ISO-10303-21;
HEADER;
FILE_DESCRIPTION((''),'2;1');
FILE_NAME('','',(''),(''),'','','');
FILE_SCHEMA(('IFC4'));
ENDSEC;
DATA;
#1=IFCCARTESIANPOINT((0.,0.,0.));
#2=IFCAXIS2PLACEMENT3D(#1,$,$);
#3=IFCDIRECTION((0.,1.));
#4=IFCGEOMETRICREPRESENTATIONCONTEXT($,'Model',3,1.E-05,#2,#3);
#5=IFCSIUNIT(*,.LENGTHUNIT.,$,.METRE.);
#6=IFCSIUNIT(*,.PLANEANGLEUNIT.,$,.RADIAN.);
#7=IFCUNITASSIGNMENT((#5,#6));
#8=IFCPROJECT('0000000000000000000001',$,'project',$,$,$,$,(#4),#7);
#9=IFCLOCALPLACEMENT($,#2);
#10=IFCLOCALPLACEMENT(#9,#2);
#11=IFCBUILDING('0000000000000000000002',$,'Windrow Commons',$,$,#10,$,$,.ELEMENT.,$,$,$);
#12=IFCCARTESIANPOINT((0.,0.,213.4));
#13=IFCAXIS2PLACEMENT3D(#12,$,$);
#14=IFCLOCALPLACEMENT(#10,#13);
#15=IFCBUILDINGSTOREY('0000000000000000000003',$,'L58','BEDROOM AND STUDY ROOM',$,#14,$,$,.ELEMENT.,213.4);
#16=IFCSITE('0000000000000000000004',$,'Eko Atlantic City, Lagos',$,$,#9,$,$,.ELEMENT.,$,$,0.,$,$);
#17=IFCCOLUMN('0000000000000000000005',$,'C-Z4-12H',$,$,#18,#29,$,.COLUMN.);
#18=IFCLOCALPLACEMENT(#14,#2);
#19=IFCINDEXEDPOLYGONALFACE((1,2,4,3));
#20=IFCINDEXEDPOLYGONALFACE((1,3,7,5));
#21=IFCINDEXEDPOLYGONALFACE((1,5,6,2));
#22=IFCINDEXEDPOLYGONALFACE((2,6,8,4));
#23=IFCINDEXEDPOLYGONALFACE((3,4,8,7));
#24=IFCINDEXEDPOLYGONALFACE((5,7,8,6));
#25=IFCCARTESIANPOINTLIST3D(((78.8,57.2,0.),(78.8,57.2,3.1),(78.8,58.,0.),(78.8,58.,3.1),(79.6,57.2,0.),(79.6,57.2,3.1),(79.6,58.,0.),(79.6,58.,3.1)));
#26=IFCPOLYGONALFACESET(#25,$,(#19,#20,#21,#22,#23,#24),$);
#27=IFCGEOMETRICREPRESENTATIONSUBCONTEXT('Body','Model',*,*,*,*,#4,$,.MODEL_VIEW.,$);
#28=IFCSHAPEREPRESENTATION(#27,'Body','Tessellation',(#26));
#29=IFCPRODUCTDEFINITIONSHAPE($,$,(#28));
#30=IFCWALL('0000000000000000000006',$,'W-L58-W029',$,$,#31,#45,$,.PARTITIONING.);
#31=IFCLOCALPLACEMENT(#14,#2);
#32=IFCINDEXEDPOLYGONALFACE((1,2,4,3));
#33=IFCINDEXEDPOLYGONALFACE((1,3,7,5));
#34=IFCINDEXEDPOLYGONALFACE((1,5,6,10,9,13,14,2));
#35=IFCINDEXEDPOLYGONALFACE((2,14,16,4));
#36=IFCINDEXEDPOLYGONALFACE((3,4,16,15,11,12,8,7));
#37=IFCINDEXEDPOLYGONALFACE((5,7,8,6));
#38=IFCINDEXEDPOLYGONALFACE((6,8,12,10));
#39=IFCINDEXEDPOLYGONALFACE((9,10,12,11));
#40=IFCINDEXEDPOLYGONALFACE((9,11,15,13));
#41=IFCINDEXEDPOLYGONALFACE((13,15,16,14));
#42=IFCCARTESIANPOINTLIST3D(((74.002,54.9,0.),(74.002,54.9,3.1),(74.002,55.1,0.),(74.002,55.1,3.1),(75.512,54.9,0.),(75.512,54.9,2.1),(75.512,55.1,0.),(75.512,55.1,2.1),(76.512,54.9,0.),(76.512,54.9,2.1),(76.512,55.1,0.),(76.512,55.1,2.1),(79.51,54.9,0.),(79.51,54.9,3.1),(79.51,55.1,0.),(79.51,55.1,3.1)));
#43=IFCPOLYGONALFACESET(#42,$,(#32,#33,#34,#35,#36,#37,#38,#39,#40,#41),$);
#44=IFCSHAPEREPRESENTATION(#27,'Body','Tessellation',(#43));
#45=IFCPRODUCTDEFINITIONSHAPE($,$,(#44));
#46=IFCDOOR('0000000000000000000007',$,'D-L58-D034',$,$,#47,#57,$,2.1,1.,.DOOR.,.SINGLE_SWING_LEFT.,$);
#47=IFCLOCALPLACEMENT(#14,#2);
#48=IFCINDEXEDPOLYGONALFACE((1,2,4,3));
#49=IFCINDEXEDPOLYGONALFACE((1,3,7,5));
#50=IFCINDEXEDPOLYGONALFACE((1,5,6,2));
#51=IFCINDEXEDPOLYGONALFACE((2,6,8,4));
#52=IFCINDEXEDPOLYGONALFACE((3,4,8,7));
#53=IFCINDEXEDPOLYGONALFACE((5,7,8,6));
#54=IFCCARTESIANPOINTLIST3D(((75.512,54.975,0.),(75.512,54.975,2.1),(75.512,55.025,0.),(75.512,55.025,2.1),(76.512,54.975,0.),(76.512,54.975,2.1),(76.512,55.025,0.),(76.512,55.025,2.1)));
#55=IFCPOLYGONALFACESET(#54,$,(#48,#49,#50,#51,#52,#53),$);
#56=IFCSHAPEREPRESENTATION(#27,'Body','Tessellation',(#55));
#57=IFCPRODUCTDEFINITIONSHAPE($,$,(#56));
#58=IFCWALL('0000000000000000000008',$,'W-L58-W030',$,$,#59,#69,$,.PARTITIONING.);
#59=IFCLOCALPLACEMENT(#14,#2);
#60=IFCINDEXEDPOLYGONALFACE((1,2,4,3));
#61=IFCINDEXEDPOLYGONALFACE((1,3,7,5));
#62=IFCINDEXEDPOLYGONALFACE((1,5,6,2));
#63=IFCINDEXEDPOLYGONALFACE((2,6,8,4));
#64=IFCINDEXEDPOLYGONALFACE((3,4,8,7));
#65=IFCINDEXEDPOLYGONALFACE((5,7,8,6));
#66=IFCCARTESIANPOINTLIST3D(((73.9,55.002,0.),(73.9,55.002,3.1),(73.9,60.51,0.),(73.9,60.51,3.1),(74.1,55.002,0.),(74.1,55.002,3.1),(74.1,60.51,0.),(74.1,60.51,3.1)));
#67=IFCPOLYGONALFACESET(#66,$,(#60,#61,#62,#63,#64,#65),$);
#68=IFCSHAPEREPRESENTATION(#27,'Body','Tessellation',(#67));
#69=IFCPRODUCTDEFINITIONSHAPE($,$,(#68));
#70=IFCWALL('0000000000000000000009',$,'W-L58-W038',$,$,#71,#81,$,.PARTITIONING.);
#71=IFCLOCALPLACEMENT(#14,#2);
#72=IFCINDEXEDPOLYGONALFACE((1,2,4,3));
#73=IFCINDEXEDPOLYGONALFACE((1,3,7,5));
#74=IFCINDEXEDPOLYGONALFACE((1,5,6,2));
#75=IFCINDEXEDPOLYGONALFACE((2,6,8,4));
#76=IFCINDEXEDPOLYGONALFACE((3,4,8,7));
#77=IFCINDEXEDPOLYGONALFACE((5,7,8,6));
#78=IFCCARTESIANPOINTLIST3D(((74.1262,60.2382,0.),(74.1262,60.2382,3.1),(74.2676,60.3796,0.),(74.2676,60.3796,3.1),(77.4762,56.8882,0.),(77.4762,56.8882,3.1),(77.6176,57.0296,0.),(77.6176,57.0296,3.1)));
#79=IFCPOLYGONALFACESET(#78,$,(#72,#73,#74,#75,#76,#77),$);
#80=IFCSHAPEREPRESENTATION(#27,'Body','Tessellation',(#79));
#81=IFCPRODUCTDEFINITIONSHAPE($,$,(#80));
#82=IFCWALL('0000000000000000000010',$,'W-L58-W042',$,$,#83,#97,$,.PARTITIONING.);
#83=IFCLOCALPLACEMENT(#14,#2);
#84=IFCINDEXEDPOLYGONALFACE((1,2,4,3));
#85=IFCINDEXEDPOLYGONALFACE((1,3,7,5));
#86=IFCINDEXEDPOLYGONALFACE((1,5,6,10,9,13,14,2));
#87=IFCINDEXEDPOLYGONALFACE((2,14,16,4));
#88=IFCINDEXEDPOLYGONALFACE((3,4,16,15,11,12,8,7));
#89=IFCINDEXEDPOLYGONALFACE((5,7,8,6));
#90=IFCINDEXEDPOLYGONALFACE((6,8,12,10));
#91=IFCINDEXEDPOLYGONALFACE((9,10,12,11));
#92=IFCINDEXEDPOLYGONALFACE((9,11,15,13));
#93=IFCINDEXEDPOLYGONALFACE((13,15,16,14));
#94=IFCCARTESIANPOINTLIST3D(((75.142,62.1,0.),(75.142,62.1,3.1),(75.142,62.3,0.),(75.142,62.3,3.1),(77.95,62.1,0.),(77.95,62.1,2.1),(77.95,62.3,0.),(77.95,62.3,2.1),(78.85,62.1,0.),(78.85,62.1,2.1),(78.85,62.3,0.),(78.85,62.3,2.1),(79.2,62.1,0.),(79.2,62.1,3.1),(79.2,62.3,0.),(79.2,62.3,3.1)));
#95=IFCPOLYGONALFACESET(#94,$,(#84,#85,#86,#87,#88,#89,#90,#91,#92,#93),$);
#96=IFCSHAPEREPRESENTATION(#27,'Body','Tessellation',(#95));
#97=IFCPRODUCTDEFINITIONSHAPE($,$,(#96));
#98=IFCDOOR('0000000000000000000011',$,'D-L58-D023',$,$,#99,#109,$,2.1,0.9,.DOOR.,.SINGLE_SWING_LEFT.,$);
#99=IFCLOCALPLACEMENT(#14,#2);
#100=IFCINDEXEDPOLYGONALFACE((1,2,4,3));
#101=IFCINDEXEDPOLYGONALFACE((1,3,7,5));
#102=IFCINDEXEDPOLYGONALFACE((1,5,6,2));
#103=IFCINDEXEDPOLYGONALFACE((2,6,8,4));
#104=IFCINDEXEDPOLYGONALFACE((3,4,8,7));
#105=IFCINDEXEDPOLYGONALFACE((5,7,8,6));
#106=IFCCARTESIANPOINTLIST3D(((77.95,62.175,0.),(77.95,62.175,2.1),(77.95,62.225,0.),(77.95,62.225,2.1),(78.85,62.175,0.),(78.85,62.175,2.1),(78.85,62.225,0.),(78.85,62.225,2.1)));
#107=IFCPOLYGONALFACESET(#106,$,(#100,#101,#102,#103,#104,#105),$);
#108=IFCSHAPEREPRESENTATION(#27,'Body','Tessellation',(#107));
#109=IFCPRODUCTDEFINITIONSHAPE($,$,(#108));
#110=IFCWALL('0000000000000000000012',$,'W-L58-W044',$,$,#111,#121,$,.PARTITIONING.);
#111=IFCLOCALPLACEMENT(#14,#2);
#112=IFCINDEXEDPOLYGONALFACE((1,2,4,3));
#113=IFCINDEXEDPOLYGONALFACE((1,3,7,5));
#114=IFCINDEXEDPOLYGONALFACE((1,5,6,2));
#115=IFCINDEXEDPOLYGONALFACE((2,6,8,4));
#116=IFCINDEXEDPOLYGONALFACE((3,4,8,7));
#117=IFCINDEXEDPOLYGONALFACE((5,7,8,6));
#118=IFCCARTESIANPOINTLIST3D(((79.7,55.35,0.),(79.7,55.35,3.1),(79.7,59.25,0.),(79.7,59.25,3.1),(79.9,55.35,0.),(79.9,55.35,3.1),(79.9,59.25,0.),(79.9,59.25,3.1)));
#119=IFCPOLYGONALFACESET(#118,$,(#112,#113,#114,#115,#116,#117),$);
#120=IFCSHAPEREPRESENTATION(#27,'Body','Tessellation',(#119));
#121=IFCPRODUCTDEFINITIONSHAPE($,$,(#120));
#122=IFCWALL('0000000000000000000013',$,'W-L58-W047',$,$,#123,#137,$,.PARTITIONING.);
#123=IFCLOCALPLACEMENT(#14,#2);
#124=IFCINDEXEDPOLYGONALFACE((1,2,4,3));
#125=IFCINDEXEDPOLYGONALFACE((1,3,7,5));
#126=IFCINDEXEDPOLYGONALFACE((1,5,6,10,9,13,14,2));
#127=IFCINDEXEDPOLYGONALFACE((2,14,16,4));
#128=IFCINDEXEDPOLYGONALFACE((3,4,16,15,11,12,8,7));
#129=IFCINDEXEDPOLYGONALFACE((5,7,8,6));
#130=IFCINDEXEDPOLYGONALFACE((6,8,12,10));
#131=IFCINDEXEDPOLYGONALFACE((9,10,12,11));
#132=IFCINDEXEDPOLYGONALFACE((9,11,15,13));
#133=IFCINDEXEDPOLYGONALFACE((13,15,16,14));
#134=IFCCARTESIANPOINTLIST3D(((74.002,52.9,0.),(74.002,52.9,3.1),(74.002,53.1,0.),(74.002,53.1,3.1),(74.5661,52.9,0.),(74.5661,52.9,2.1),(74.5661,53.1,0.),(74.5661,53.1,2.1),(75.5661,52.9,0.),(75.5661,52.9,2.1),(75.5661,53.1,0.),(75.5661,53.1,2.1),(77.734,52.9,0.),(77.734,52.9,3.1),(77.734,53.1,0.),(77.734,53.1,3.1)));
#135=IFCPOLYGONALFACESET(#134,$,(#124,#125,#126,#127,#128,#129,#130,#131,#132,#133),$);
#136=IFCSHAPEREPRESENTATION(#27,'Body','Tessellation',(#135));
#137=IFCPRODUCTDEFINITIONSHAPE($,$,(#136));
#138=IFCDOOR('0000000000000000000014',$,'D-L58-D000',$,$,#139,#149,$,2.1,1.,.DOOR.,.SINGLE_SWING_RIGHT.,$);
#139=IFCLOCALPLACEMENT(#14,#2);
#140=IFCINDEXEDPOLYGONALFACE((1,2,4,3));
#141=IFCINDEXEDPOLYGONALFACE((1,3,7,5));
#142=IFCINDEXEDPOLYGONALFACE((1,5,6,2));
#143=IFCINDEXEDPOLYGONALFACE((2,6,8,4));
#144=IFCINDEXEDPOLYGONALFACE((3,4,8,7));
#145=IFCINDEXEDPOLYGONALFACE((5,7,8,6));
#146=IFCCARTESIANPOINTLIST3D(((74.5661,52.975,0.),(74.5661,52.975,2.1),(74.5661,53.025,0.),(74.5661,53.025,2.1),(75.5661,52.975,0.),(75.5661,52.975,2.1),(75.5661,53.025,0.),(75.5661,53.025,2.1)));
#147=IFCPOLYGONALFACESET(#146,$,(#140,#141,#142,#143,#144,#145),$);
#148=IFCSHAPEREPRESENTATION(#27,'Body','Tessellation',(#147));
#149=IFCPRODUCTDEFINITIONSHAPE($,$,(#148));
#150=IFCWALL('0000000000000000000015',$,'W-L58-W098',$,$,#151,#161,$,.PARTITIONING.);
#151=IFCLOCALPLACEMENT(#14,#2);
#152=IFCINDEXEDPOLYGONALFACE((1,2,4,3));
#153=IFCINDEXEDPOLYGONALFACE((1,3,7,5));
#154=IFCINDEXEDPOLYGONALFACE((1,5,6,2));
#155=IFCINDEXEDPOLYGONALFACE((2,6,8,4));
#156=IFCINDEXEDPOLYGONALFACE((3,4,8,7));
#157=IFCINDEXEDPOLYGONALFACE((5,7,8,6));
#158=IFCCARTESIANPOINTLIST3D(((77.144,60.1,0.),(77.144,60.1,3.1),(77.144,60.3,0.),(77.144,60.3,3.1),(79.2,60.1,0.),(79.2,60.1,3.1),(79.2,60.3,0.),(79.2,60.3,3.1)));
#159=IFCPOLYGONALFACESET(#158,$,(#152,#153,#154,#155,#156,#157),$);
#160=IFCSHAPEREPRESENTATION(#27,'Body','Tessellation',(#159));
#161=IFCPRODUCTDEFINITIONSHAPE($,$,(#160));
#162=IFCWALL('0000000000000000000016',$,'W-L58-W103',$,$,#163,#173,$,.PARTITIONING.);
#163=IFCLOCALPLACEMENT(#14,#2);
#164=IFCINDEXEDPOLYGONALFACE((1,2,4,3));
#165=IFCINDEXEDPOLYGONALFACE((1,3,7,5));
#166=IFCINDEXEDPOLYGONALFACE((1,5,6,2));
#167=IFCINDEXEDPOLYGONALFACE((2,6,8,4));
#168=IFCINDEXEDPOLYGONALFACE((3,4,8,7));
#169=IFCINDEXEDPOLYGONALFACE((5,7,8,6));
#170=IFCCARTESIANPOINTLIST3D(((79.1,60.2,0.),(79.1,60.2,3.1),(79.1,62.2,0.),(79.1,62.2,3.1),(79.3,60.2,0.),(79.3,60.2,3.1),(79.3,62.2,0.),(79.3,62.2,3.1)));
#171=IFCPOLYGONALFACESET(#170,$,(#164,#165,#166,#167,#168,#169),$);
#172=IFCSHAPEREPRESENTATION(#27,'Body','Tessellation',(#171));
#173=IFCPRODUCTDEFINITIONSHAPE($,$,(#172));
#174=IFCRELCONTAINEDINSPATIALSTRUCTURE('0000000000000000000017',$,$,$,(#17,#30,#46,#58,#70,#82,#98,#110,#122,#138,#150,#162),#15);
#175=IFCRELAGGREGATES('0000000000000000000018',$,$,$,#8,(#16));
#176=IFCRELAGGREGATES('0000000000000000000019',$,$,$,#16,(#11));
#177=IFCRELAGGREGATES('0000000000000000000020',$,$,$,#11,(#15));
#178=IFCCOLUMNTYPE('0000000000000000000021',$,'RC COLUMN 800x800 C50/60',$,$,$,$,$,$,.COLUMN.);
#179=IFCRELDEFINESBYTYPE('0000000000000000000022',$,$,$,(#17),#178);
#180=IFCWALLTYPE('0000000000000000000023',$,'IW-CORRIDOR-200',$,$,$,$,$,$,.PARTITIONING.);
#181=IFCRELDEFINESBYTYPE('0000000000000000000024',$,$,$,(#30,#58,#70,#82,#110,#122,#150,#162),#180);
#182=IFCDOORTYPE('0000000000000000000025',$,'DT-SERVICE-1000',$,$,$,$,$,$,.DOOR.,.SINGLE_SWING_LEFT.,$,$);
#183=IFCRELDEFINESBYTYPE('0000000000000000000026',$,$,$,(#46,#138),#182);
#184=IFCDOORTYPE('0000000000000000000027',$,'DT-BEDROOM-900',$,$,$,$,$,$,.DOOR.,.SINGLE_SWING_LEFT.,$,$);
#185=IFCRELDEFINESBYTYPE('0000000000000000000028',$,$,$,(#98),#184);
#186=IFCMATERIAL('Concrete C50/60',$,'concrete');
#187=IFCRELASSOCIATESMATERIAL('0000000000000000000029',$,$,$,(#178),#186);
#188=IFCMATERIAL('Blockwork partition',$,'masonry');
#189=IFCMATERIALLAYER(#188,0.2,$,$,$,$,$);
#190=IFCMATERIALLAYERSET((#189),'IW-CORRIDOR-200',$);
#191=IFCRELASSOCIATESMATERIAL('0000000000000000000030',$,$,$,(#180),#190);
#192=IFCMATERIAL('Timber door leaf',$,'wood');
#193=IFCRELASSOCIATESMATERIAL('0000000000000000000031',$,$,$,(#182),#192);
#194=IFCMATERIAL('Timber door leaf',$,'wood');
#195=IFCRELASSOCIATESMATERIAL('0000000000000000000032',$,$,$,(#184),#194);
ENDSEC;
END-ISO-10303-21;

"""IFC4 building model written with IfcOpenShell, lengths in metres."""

from ifc_helpers import new_model, si_unit, direction, frame, frame_2d, origin, origin_2d, place, context, subcontext, project, spatial, rectangle, extrude, material, layer, layer_set, material_profile, profile_set, type_object, element, fill, save


model = new_model("IFC4")

# Units and contexts
model_context = context("Model", 3, precision=1e-05, world=origin(), true_north=direction((0.0, 1.0)))
body_context = subcontext(model_context, "Body", "Model", "MODEL_VIEW")
ifc_project = project(units=[si_unit("LENGTHUNIT", "METRE"), si_unit("PLANEANGLEUNIT", "RADIAN")], contexts=[model_context])

# Site, building, storey
site_placement = place(None, origin())
site = spatial("IfcSite", under=ifc_project, at=site_placement, Name="Eko Atlantic City, Lagos", CompositionType="ELEMENT", RefElevation=0.0)
building_placement = place(site_placement, origin())
building = spatial("IfcBuilding", under=site, at=building_placement, Name="Windrow Commons", CompositionType="ELEMENT")
storey_placement = place(building_placement, frame((0.0, 0.0, 213.4)))
storey = spatial("IfcBuildingStorey", under=building, at=storey_placement, Name="L58", Description="BEDROOM AND STUDY ROOM", CompositionType="ELEMENT", Elevation=213.4)

# Column
ifc_material_1 = material(Name="Concrete C50/60", Category="concrete")
ifc_material_profile = material_profile(ifc_material_1, rectangle(XDim=0.8, YDim=0.8, at=origin_2d()))
ifc_profile_set = profile_set([ifc_material_profile], Name="Concrete C50/60")
column_type = type_object("IfcColumnType", Name="RC COLUMN 800x800 C50/60", PredefinedType="COLUMN", material=ifc_profile_set)
column_placement = place(storey_placement, frame((79.2, 57.6, 0.0), z_axis=(0.0, 0.0, 1.0), x_axis=(1.0, 0.0, 0.0)))
element("IfcColumn", 1, at=column_placement, inside=storey, type_object=column_type, Name="C-Z4-12H", PredefinedType="COLUMN", context=body_context, shape_type="SweptSolid", body=[
    extrude(rectangle(XDim=0.8, YDim=0.8, at=origin_2d()), origin(), (0.0, 0.0, 1.0), 3.1),
])

# Wall, opening, door
ifc_material_2 = material(Name="Blockwork partition", Category="masonry")
ifc_layer_1 = layer(ifc_material_2, 0.2)
ifc_layer_set_1 = layer_set([ifc_layer_1], Name="IW-CORRIDOR-200")
wall_type_1 = type_object("IfcWallType", Name="IW-CORRIDOR-200", PredefinedType="PARTITIONING", material=ifc_layer_set_1)
wall_1_placement = place(storey_placement, frame((74.002, 55.0, 0.0), z_axis=(0.0, 0.0, 1.0), x_axis=(1.0, 0.0, 0.0)))
wall_1 = element("IfcWall", 2, at=wall_1_placement, inside=storey, type_object=wall_type_1, Name="W-L58-W029", PredefinedType="PARTITIONING", context=body_context, shape_type="SweptSolid", body=[
    extrude(rectangle(XDim=5.508, YDim=0.2, at=frame_2d((2.754, 0.0))), origin(), (0.0, 0.0, 1.0), 3.1),
])
opening_1_placement = place(wall_1_placement, frame((1.51, 0.0, 0.0)))
opening_1 = element("IfcOpeningElement", 3, at=opening_1_placement, cuts=wall_1, PredefinedType="OPENING", context=body_context, shape_type="SweptSolid", body=[
    extrude(rectangle(XDim=1.0, YDim=2.1, at=frame_2d((0.5, 1.05))), frame((0.0, 0.11, 0.0), z_axis=(0.0, -1.0, 0.0), x_axis=(1.0, 0.0, 0.0)), (0.0, 0.0, 1.0), 0.22),
])
ifc_material_3 = material(Name="Timber door leaf", Category="wood")
door_type_1 = type_object("IfcDoorType", Name="DT-SERVICE-1000", OperationType="SINGLE_SWING_LEFT", PredefinedType="DOOR", material=ifc_material_3)
door_1_placement = place(opening_1_placement, origin())
door_1 = element("IfcDoor", 4, at=door_1_placement, inside=storey, type_object=door_type_1, Name="D-L58-D034", OperationType="SINGLE_SWING_LEFT", OverallHeight=2.1, OverallWidth=1.0, PredefinedType="DOOR", context=body_context, shape_type="SweptSolid", body=[
    extrude(rectangle(XDim=1.0, YDim=2.1, at=frame_2d((0.5, 1.05))), frame((0.0, 0.025, 0.0), z_axis=(0.0, -1.0, 0.0), x_axis=(1.0, 0.0, 0.0)), (0.0, 0.0, 1.0), 0.05),
])
fill(opening_1, door_1)

# Walls
wall_2_placement = place(storey_placement, frame((74.0, 55.002, 0.0), z_axis=(0.0, 0.0, 1.0), x_axis=(0.0, 1.0, 0.0)))
element("IfcWall", 5, at=wall_2_placement, inside=storey, type_object=wall_type_1, Name="W-L58-W030", PredefinedType="PARTITIONING", context=body_context, shape_type="SweptSolid", body=[
    extrude(rectangle(XDim=5.508, YDim=0.2, at=frame_2d((2.754, 0.0))), origin(), (0.0, 0.0, 1.0), 3.1),
])
wall_3_placement = place(storey_placement, frame((74.1969, 60.3089, 0.0), z_axis=(0.0, 0.0, 1.0), x_axis=(0.707107, -0.707107, 0.0)))
element("IfcWall", 6, at=wall_3_placement, inside=storey, type_object=wall_type_1, Name="W-L58-W038", PredefinedType="PARTITIONING", context=body_context, shape_type="SweptSolid", body=[
    extrude(rectangle(XDim=4.7376, YDim=0.2, at=frame_2d((2.3688, 0.0))), origin(), (0.0, 0.0, 1.0), 3.1),
])

# Wall, opening, door
wall_4_placement = place(storey_placement, frame((75.142, 62.2, 0.0), z_axis=(0.0, 0.0, 1.0), x_axis=(1.0, 0.0, 0.0)))
wall_4 = element("IfcWall", 7, at=wall_4_placement, inside=storey, type_object=wall_type_1, Name="W-L58-W042", PredefinedType="PARTITIONING", context=body_context, shape_type="SweptSolid", body=[
    extrude(rectangle(XDim=4.058, YDim=0.2, at=frame_2d((2.029, 0.0))), origin(), (0.0, 0.0, 1.0), 3.1),
])
opening_2_placement = place(wall_4_placement, frame((2.808, 0.0, 0.0)))
opening_2 = element("IfcOpeningElement", 8, at=opening_2_placement, cuts=wall_4, PredefinedType="OPENING", context=body_context, shape_type="SweptSolid", body=[
    extrude(rectangle(XDim=0.9, YDim=2.1, at=frame_2d((0.45, 1.05))), frame((0.0, 0.11, 0.0), z_axis=(0.0, -1.0, 0.0), x_axis=(1.0, 0.0, 0.0)), (0.0, 0.0, 1.0), 0.22),
])
ifc_material_4 = material(Name="Timber door leaf", Category="wood")
door_type_2 = type_object("IfcDoorType", Name="DT-BEDROOM-900", OperationType="SINGLE_SWING_LEFT", PredefinedType="DOOR", material=ifc_material_4)
door_2_placement = place(opening_2_placement, origin())
door_2 = element("IfcDoor", 9, at=door_2_placement, inside=storey, type_object=door_type_2, Name="D-L58-D023", OperationType="SINGLE_SWING_LEFT", OverallHeight=2.1, OverallWidth=0.9, PredefinedType="DOOR", context=body_context, shape_type="SweptSolid", body=[
    extrude(rectangle(XDim=0.9, YDim=2.1, at=frame_2d((0.45, 1.05))), frame((0.0, 0.025, 0.0), z_axis=(0.0, -1.0, 0.0), x_axis=(1.0, 0.0, 0.0)), (0.0, 0.0, 1.0), 0.05),
])
fill(opening_2, door_2)

# Wall
wall_5_placement = place(storey_placement, frame((79.8, 55.35, 0.0), z_axis=(0.0, 0.0, 1.0), x_axis=(0.0, 1.0, 0.0)))
element("IfcWall", 10, at=wall_5_placement, inside=storey, type_object=wall_type_1, Name="W-L58-W044", PredefinedType="PARTITIONING", context=body_context, shape_type="SweptSolid", body=[
    extrude(rectangle(XDim=3.9, YDim=0.2, at=frame_2d((1.95, 0.0))), origin(), (0.0, 0.0, 1.0), 3.1),
])

# Wall, opening, door
wall_6_placement = place(storey_placement, frame((74.002, 53.0, 0.0), z_axis=(0.0, 0.0, 1.0), x_axis=(1.0, 0.0, 0.0)))
wall_6 = element("IfcWall", 11, at=wall_6_placement, inside=storey, type_object=wall_type_1, Name="W-L58-W047", PredefinedType="PARTITIONING", context=body_context, shape_type="SweptSolid", body=[
    extrude(rectangle(XDim=3.732, YDim=0.2, at=frame_2d((1.866, 0.0))), origin(), (0.0, 0.0, 1.0), 3.1),
])
opening_3_placement = place(wall_6_placement, frame((0.5641, 0.0, 0.0)))
opening_3 = element("IfcOpeningElement", 12, at=opening_3_placement, cuts=wall_6, PredefinedType="OPENING", context=body_context, shape_type="SweptSolid", body=[
    extrude(rectangle(XDim=1.0, YDim=2.1, at=frame_2d((0.5, 1.05))), frame((0.0, 0.11, 0.0), z_axis=(0.0, -1.0, 0.0), x_axis=(1.0, 0.0, 0.0)), (0.0, 0.0, 1.0), 0.22),
])
door_3_placement = place(opening_3_placement, origin())
door_3 = element("IfcDoor", 13, at=door_3_placement, inside=storey, type_object=door_type_1, Name="D-L58-D000", OperationType="SINGLE_SWING_RIGHT", OverallHeight=2.1, OverallWidth=1.0, PredefinedType="DOOR", context=body_context, shape_type="SweptSolid", body=[
    extrude(rectangle(XDim=1.0, YDim=2.1, at=frame_2d((0.5, 1.05))), frame((0.0, 0.025, 0.0), z_axis=(0.0, -1.0, 0.0), x_axis=(1.0, 0.0, 0.0)), (0.0, 0.0, 1.0), 0.05),
])
fill(opening_3, door_3)

# Walls
wall_7_placement = place(storey_placement, frame((77.144, 60.2, 0.0), z_axis=(0.0, 0.0, 1.0), x_axis=(1.0, 0.0, 0.0)))
element("IfcWall", 14, at=wall_7_placement, inside=storey, type_object=wall_type_1, Name="W-L58-W098", PredefinedType="PARTITIONING", context=body_context, shape_type="SweptSolid", body=[
    extrude(rectangle(XDim=2.056, YDim=0.2, at=frame_2d((1.028, 0.0))), origin(), (0.0, 0.0, 1.0), 3.1),
])
wall_8_placement = place(storey_placement, frame((79.2, 60.2, 0.0), z_axis=(0.0, 0.0, 1.0), x_axis=(0.0, 1.0, 0.0)))
element("IfcWall", 15, at=wall_8_placement, inside=storey, type_object=wall_type_1, Name="W-L58-W103", PredefinedType="PARTITIONING", context=body_context, shape_type="SweptSolid", body=[
    extrude(rectangle(XDim=2.0, YDim=0.2, at=frame_2d((1.0, 0.0))), origin(), (0.0, 0.0, 1.0), 3.1),
])

save(model, "model.ifc")
